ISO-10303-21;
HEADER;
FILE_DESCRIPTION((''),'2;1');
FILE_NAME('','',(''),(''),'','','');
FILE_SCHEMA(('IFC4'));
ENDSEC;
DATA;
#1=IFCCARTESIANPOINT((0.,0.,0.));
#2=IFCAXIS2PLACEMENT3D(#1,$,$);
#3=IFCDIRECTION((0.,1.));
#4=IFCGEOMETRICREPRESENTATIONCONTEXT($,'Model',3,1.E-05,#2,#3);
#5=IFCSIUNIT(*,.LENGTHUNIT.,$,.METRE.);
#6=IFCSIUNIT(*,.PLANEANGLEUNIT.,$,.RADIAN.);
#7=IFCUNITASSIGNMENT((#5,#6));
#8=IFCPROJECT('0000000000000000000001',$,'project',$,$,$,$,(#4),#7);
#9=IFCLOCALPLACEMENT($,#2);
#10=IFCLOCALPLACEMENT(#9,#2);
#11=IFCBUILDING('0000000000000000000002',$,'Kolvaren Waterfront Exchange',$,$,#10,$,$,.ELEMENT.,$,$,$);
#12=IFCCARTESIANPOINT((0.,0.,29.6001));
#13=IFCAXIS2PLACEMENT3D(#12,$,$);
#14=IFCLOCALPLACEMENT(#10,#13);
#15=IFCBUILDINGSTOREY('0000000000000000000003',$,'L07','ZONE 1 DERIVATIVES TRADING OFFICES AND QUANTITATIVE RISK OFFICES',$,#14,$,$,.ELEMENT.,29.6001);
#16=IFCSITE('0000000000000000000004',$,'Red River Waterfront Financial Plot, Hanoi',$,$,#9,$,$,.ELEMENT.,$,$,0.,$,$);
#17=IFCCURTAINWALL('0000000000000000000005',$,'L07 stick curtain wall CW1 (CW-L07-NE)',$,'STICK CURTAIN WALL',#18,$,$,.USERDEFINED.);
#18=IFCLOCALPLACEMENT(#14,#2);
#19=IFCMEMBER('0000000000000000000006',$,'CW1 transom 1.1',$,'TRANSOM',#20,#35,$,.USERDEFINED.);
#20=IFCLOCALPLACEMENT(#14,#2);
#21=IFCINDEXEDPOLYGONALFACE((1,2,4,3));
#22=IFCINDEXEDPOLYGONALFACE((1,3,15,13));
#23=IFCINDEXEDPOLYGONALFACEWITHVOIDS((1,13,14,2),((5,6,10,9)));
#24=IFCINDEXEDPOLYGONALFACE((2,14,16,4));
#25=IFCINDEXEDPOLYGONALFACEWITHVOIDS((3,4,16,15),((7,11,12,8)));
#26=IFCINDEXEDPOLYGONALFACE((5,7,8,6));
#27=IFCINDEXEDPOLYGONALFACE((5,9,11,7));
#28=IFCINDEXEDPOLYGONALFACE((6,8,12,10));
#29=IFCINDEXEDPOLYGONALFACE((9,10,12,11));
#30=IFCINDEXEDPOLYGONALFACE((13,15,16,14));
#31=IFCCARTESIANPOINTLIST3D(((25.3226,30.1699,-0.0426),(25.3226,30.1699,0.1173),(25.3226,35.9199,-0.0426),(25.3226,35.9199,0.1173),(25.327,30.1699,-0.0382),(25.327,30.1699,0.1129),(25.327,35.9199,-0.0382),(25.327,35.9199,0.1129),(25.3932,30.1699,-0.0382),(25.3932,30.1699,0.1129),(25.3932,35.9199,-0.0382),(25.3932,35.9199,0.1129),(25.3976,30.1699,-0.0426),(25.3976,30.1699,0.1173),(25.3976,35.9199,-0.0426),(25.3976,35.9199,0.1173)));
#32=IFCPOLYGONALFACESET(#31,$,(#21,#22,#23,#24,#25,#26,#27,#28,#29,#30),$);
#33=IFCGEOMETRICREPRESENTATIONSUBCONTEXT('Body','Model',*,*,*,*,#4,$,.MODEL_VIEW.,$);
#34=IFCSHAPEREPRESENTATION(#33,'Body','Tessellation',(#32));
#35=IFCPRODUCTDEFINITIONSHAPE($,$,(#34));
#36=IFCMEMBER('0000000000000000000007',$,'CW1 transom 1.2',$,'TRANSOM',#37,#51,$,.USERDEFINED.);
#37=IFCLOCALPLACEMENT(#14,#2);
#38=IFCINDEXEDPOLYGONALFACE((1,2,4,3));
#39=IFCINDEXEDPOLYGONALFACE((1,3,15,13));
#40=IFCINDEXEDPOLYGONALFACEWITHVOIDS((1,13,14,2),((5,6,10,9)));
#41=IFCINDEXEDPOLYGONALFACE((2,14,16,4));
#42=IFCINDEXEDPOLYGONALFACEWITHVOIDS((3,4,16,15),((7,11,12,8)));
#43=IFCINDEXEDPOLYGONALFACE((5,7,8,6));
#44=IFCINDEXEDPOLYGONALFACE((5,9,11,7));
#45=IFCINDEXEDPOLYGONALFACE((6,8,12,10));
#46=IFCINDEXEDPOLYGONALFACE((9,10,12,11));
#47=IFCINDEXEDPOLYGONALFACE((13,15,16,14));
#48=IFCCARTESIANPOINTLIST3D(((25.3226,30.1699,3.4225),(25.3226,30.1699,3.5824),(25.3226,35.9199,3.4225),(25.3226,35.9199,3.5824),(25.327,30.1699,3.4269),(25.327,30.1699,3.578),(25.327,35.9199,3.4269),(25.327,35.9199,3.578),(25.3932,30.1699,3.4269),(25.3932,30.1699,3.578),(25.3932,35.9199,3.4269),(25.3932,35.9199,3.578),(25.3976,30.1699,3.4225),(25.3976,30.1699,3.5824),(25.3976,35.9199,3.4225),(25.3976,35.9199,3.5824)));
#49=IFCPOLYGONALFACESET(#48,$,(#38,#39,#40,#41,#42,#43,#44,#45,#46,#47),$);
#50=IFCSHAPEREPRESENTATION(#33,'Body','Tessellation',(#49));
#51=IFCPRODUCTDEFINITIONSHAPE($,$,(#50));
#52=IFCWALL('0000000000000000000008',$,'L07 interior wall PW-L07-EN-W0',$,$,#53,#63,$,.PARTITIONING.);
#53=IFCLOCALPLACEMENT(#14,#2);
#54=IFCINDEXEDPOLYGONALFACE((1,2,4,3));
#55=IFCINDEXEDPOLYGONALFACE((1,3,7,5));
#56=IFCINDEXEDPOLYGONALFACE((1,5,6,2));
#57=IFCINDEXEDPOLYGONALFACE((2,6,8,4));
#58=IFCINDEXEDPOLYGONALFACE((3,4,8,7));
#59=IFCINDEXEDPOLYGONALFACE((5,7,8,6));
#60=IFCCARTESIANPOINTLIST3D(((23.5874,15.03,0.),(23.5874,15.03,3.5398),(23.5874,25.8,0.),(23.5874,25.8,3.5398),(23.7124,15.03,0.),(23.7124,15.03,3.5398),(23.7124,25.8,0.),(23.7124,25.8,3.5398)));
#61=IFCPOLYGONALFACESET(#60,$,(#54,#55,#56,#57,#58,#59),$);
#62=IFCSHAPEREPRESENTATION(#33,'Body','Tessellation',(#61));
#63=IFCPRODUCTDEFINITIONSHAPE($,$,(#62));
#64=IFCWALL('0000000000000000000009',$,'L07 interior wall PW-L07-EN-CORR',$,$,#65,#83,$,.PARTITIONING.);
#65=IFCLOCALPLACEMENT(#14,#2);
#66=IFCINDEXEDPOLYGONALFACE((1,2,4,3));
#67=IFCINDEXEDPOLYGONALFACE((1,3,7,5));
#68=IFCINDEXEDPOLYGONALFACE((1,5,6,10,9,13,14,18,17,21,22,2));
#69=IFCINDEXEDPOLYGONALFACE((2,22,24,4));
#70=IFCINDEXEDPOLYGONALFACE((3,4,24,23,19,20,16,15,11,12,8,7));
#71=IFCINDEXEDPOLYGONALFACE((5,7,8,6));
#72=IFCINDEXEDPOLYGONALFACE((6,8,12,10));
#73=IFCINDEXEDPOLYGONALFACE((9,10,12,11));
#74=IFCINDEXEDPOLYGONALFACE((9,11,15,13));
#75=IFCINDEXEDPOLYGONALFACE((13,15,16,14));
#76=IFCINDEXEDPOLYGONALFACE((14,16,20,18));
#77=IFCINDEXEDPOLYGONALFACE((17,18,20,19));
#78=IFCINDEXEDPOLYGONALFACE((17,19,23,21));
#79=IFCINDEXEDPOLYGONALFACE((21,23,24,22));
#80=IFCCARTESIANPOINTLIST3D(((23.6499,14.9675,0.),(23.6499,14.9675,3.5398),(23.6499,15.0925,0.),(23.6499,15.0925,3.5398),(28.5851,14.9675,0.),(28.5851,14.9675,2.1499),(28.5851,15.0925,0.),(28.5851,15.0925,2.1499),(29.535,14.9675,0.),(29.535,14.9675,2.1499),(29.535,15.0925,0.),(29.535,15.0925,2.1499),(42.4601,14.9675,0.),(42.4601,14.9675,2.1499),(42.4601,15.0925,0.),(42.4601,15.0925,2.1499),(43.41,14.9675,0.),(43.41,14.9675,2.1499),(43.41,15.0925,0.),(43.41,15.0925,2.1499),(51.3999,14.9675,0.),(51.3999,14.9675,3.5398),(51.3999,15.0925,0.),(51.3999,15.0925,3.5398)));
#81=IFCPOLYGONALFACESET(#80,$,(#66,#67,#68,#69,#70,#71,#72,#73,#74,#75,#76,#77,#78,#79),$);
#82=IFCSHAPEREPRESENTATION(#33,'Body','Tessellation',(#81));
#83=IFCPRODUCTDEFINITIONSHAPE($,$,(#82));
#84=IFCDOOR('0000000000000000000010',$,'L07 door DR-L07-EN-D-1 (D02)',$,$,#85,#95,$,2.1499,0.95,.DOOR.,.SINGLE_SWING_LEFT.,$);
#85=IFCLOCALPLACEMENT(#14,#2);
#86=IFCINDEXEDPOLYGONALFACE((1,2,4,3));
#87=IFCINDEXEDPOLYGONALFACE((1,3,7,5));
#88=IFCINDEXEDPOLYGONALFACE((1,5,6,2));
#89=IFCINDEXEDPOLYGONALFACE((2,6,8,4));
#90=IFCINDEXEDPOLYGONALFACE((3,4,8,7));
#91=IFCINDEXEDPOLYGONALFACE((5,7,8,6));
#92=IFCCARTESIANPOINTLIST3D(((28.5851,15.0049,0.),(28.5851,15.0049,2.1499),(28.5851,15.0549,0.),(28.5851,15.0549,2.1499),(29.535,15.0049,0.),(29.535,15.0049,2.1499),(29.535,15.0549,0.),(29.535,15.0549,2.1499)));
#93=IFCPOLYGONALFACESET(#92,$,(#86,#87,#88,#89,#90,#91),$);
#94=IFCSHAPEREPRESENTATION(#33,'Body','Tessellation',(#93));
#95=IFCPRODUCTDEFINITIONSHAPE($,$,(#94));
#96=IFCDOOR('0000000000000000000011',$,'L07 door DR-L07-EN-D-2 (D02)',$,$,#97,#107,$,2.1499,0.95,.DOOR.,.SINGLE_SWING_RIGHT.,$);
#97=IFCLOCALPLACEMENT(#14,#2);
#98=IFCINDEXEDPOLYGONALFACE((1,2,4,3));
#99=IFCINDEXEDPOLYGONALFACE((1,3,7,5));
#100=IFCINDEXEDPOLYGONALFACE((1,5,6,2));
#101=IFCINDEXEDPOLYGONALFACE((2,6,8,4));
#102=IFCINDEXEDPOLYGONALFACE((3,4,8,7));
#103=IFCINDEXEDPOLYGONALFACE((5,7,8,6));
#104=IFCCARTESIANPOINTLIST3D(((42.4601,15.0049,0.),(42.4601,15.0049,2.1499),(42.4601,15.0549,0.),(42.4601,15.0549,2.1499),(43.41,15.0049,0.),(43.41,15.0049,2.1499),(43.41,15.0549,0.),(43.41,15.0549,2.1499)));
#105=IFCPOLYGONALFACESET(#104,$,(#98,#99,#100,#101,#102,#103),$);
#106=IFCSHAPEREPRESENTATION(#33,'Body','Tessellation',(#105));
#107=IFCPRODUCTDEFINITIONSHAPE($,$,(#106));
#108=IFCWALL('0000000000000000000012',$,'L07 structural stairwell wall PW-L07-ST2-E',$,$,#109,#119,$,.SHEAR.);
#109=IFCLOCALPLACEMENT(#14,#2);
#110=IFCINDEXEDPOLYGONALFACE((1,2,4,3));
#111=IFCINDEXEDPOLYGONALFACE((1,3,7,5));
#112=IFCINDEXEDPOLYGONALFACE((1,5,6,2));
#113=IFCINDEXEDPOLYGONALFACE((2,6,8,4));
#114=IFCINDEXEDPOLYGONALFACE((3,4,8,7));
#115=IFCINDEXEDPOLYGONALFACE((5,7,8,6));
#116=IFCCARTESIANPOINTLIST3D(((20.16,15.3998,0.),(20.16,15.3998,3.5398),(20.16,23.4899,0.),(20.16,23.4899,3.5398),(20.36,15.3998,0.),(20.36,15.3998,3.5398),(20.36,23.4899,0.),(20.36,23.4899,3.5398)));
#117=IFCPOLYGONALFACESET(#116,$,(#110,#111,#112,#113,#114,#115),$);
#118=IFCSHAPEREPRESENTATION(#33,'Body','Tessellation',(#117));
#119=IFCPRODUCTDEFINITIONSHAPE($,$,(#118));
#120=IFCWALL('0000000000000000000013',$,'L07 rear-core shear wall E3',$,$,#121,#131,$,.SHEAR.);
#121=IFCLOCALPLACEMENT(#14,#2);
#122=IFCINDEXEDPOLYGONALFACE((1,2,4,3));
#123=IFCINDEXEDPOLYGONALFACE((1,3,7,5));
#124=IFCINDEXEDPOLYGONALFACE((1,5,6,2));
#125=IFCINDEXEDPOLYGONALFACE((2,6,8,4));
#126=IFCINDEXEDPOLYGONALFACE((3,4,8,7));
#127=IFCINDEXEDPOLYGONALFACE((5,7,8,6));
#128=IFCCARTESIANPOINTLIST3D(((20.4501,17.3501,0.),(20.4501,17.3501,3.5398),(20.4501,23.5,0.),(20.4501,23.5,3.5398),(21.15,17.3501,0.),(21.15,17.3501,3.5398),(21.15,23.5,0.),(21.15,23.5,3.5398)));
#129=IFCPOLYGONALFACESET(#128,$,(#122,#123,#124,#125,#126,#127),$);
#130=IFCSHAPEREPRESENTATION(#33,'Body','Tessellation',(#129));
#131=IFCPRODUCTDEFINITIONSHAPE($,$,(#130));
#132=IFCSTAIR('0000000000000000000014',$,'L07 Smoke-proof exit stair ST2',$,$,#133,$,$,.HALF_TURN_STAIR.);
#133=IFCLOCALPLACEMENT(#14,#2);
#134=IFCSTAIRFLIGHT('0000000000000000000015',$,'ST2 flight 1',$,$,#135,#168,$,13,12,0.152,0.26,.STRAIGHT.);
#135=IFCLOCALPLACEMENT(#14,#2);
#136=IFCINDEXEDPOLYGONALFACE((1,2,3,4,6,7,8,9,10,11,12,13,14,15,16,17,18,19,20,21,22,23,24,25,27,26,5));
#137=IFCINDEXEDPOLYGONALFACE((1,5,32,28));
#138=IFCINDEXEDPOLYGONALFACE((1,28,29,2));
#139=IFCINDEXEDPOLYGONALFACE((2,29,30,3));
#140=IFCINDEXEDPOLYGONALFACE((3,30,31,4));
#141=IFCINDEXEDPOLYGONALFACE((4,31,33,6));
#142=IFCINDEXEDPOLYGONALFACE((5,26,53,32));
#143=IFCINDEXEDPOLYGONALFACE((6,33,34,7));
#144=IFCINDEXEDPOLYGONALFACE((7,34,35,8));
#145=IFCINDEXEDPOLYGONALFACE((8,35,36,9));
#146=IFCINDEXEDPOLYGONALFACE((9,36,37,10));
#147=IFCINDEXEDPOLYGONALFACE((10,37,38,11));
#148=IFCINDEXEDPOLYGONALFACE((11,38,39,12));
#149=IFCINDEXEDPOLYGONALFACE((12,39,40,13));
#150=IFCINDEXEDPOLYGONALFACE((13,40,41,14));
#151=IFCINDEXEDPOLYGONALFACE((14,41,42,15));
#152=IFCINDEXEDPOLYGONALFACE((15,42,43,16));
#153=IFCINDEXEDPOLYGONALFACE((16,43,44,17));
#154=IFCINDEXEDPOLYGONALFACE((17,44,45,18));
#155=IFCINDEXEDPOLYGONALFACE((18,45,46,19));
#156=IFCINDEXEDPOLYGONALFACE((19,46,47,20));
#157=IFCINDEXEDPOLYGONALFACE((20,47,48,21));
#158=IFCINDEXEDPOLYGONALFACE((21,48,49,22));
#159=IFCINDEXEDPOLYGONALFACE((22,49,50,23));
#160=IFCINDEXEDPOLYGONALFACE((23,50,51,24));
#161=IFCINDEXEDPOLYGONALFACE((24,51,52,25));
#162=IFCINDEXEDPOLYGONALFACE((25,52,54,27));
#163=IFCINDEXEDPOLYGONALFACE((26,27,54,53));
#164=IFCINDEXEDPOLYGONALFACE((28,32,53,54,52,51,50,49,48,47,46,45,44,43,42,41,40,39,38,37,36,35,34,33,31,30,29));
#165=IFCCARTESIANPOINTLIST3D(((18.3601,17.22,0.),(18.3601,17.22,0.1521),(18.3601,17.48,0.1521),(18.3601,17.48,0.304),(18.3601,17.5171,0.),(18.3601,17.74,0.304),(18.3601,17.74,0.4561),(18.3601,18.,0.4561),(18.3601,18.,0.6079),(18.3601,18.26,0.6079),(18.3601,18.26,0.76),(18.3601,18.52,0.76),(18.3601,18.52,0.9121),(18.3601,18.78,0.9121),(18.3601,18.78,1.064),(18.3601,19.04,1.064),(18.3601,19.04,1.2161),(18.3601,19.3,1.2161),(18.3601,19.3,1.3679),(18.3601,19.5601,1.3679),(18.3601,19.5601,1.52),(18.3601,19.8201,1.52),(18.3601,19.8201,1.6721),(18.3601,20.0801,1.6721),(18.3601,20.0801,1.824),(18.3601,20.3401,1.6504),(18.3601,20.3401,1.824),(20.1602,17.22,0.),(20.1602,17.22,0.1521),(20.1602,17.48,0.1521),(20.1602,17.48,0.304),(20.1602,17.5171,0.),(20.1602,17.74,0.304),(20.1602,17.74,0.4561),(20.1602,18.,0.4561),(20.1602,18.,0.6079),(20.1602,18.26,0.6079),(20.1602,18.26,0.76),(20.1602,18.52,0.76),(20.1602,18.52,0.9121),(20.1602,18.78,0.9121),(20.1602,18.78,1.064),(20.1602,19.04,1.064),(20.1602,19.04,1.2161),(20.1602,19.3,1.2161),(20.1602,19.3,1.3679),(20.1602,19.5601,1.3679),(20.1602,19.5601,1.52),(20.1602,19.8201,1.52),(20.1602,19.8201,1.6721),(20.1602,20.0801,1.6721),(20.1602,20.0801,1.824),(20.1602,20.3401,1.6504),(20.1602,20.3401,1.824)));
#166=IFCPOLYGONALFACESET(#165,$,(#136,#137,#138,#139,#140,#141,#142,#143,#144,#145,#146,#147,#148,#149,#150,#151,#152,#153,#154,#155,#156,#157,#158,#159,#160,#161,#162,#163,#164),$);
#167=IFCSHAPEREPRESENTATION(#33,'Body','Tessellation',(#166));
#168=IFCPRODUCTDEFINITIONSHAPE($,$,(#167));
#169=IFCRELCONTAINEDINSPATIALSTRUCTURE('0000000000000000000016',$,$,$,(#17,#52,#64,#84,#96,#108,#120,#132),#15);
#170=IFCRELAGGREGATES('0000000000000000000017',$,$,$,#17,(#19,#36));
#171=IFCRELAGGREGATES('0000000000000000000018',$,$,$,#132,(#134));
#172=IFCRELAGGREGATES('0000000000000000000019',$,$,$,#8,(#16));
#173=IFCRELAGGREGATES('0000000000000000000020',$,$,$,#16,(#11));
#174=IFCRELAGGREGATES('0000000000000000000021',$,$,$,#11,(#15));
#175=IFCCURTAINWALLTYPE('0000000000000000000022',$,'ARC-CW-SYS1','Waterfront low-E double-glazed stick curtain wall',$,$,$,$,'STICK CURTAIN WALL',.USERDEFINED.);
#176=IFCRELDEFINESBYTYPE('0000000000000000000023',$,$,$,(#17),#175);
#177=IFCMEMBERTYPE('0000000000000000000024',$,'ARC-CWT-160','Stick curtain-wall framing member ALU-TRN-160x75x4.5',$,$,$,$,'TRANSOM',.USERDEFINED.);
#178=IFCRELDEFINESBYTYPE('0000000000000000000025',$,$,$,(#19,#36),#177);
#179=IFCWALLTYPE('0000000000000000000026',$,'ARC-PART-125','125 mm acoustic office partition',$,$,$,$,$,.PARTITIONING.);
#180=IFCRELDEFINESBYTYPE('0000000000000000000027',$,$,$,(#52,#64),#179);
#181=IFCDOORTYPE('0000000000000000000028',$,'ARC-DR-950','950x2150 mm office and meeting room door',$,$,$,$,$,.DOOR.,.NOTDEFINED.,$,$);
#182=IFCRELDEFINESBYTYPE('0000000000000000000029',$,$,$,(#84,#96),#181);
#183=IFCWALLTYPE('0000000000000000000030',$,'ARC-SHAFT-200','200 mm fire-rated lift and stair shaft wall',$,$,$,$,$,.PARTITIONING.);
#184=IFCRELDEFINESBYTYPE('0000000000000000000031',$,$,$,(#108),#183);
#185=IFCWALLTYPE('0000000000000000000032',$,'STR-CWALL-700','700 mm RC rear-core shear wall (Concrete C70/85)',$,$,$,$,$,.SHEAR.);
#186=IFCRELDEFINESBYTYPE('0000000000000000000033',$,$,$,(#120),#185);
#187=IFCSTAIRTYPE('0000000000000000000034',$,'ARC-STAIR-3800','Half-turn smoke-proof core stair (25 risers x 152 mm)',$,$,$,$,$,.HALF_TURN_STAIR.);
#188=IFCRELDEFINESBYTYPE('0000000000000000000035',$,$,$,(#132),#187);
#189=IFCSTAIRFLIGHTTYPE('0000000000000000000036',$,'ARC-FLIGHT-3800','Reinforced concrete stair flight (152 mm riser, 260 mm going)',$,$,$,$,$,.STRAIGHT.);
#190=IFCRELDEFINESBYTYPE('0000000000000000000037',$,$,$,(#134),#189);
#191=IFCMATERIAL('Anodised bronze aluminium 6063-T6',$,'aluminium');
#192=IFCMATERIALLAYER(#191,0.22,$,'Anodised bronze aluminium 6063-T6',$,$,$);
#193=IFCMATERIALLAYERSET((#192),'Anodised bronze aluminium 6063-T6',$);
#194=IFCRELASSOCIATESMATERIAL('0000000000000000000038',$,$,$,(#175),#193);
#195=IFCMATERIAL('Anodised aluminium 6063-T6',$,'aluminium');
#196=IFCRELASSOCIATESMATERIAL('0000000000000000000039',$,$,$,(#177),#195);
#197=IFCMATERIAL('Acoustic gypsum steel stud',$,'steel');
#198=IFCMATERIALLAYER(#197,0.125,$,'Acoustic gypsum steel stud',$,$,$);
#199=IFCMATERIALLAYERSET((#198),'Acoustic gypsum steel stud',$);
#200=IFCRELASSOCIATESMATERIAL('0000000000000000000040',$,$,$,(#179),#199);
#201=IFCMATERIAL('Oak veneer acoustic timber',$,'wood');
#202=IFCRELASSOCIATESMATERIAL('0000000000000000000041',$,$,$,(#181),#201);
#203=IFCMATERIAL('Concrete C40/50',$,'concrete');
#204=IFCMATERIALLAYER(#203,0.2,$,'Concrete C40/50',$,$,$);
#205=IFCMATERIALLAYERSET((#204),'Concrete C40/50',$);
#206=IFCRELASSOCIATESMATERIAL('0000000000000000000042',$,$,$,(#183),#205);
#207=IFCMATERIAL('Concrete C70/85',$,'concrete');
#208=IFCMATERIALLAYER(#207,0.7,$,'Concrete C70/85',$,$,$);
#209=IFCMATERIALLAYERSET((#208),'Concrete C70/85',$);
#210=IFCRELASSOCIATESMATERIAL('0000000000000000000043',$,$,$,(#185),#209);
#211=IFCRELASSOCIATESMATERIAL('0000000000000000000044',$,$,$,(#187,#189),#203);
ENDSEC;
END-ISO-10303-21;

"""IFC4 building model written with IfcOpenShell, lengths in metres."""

from ifc_helpers import new_model, si_unit, direction, frame, frame_2d, origin, origin_with_axes, origin_2d, place, context, subcontext, project, spatial, polyline, rectangle, hollow_rectangle, outline, extrude, source, transform, mapped, material, layer, layer_set, material_profile, profile_set, type_object, element, fill, aggregate, save


model = new_model("IFC4")

# Units and contexts
model_context = context("Model", 3, precision=1e-05, world=origin(), true_north=direction((0.0, 1.0)))
body_context = subcontext(model_context, "Body", "Model", "MODEL_VIEW")
ifc_project = project(units=[si_unit("LENGTHUNIT", "METRE"), si_unit("PLANEANGLEUNIT", "RADIAN")], contexts=[model_context])

# Site, building, storey
site_placement = place(None, origin())
site = spatial("IfcSite", under=ifc_project, at=site_placement, Name="Red River Waterfront Financial Plot, Hanoi", CompositionType="ELEMENT", RefElevation=0.0)
building_placement = place(site_placement, origin())
building = spatial("IfcBuilding", under=site, at=building_placement, Name="Kolvaren Waterfront Exchange", CompositionType="ELEMENT")
storey_placement = place(building_placement, frame((0.0, 0.0, 29.6001)))
storey = spatial("IfcBuildingStorey", under=building, at=storey_placement, Name="L07", Description="ZONE 1 DERIVATIVES TRADING OFFICES AND QUANTITATIVE RISK OFFICES", CompositionType="ELEMENT", Elevation=29.6001)

# Shared definitions
ifc_material_1 = material(Name="Concrete C70/85", Category="concrete")

# Curtain wall, members
ifc_material_2 = material(Name="Anodised bronze aluminium 6063-T6", Category="aluminium")
ifc_layer_1 = layer(ifc_material_2, 0.22, Name="Anodised bronze aluminium 6063-T6")
ifc_layer_set_1 = layer_set([ifc_layer_1], Name="Anodised bronze aluminium 6063-T6")
curtain_wall_type = type_object("IfcCurtainWallType", Name="ARC-CW-SYS1", Description="Waterfront low-E double-glazed stick curtain wall", ElementType="STICK CURTAIN WALL", PredefinedType="USERDEFINED", material=ifc_layer_set_1)
curtain_wall_placement = place(storey_placement, origin())
curtain_wall = element("IfcCurtainWall", 1, at=curtain_wall_placement, inside=storey, type_object=curtain_wall_type, Name="L07 stick curtain wall CW1 (CW-L07-NE)", ObjectType="STICK CURTAIN WALL", PredefinedType="USERDEFINED")
ifc_material_3 = material(Name="Anodised aluminium 6063-T6", Category="aluminium")
ifc_material_profile_1 = material_profile(ifc_material_3, hollow_rectangle(XDim=0.075, YDim=0.1599, WallThickness=0.0044, at=origin_2d()), Name="ALU-TRN-160x75x4.5")
ifc_profile_set_1 = profile_set([ifc_material_profile_1], Name="Anodised aluminium 6063-T6")
member_type_1 = type_object("IfcMemberType", Name="ARC-CWT-160", Description="Stick curtain-wall framing member ALU-TRN-160x75x4.5", ElementType="TRANSOM", PredefinedType="USERDEFINED", material=ifc_profile_set_1)
shared_shape_1 = source(origin_with_axes(), body_context, "Body", "SweptSolid", [
    extrude(hollow_rectangle(XDim=0.075, YDim=0.1599, WallThickness=0.0044, at=origin_2d()), origin(), (0.0, 0.0, 1.0), 5.75),
])
member_1_placement = place(storey_placement, frame((25.3601, 30.1699, 0.0374), z_axis=(0.0, 1.0, 0.0), x_axis=(-1.0, 0.0, 0.0)))
member_1 = element("IfcMember", 2, at=member_1_placement, type_object=member_type_1, Name="CW1 transom 1.1", ObjectType="TRANSOM", PredefinedType="USERDEFINED", context=body_context, shape_type="MappedRepresentation", body=[
    mapped(shared_shape_1, transform((0.0, 0.0, 0.0), x_axis=(1.0, 0.0, 0.0), y_axis=(0.0, 1.0, 0.0), z_axis=(0.0, 0.0, 1.0), scale=1.0)),
])
member_2_placement = place(storey_placement, frame((25.3601, 30.1699, 3.5024), z_axis=(0.0, 1.0, 0.0), x_axis=(-1.0, 0.0, 0.0)))
member_2 = element("IfcMember", 3, at=member_2_placement, type_object=member_type_1, Name="CW1 transom 1.2", ObjectType="TRANSOM", PredefinedType="USERDEFINED", context=body_context, shape_type="MappedRepresentation", body=[
    mapped(shared_shape_1, transform((0.0, 0.0, 0.0), x_axis=(1.0, 0.0, 0.0), y_axis=(0.0, 1.0, 0.0), z_axis=(0.0, 0.0, 1.0), scale=1.0)),
])
aggregate(curtain_wall, [member_1, member_2])

# Wall
ifc_material_4 = material(Name="Acoustic gypsum steel stud", Category="steel")
ifc_layer_2 = layer(ifc_material_4, 0.125, Name="Acoustic gypsum steel stud")
ifc_layer_set_2 = layer_set([ifc_layer_2], Name="Acoustic gypsum steel stud")
wall_type_1 = type_object("IfcWallType", Name="ARC-PART-125", Description="125 mm acoustic office partition", PredefinedType="PARTITIONING", material=ifc_layer_set_2)
wall_1_placement = place(storey_placement, frame((23.6499, 15.03, 0.0), z_axis=(0.0, 0.0, 1.0), x_axis=(0.0, 1.0, 0.0)))
element("IfcWall", 4, at=wall_1_placement, inside=storey, type_object=wall_type_1, Name="L07 interior wall PW-L07-EN-W0", PredefinedType="PARTITIONING", context=body_context, shape_type="SweptSolid", body=[
    extrude(rectangle(XDim=10.77, YDim=0.125, at=frame_2d((5.385, 0.0))), origin(), (0.0, 0.0, 1.0), 3.5398),
])

# Wall, openings, doors
wall_2_placement = place(storey_placement, frame((23.6499, 15.03, 0.0), z_axis=(0.0, 0.0, 1.0), x_axis=(1.0, 0.0, 0.0)))
wall_2 = element("IfcWall", 5, at=wall_2_placement, inside=storey, type_object=wall_type_1, Name="L07 interior wall PW-L07-EN-CORR", PredefinedType="PARTITIONING", context=body_context, shape_type="SweptSolid", body=[
    extrude(rectangle(XDim=27.75, YDim=0.125, at=frame_2d((13.875, 0.0))), origin(), (0.0, 0.0, 1.0), 3.5398),
])
opening_1_placement = place(wall_2_placement, frame((4.9351, 0.0, 0.0)))
opening_1 = element("IfcOpeningElement", 6, at=opening_1_placement, cuts=wall_2, PredefinedType="OPENING", context=body_context, shape_type="SweptSolid", body=[
    extrude(rectangle(XDim=0.95, YDim=2.1499, at=frame_2d((0.4751, 1.075))), frame((0.0, 0.0725, 0.0), z_axis=(0.0, -1.0, 0.0), x_axis=(1.0, 0.0, 0.0)), (0.0, 0.0, 1.0), 0.145),
])
opening_2_placement = place(wall_2_placement, frame((18.8101, 0.0, 0.0)))
opening_2 = element("IfcOpeningElement", 7, at=opening_2_placement, cuts=wall_2, PredefinedType="OPENING", context=body_context, shape_type="SweptSolid", body=[
    extrude(rectangle(XDim=0.95, YDim=2.1499, at=frame_2d((0.4751, 1.075))), frame((0.0, 0.0725, 0.0), z_axis=(0.0, -1.0, 0.0), x_axis=(1.0, 0.0, 0.0)), (0.0, 0.0, 1.0), 0.145),
])
ifc_material_5 = material(Name="Oak veneer acoustic timber", Category="wood")
door_type = type_object("IfcDoorType", Name="ARC-DR-950", Description="950x2150 mm office and meeting room door", OperationType="NOTDEFINED", PredefinedType="DOOR", material=ifc_material_5)
door_1_placement = place(opening_1_placement, origin())
door_1 = element("IfcDoor", 8, at=door_1_placement, inside=storey, type_object=door_type, Name="L07 door DR-L07-EN-D-1 (D02)", OperationType="SINGLE_SWING_LEFT", OverallHeight=2.1499, OverallWidth=0.95, PredefinedType="DOOR", context=body_context, shape_type="SweptSolid", body=[
    extrude(rectangle(XDim=0.95, YDim=2.1499, at=frame_2d((0.4751, 1.075))), frame((0.0, 0.0249, 0.0), z_axis=(0.0, -1.0, 0.0), x_axis=(1.0, 0.0, 0.0)), (0.0, 0.0, 1.0), 0.05),
])
fill(opening_1, door_1)
door_2_placement = place(opening_2_placement, origin())
door_2 = element("IfcDoor", 9, at=door_2_placement, inside=storey, type_object=door_type, Name="L07 door DR-L07-EN-D-2 (D02)", OperationType="SINGLE_SWING_RIGHT", OverallHeight=2.1499, OverallWidth=0.95, PredefinedType="DOOR", context=body_context, shape_type="SweptSolid", body=[
    extrude(rectangle(XDim=0.95, YDim=2.1499, at=frame_2d((0.4751, 1.075))), frame((0.0, 0.0249, 0.0), z_axis=(0.0, -1.0, 0.0), x_axis=(1.0, 0.0, 0.0)), (0.0, 0.0, 1.0), 0.05),
])
fill(opening_2, door_2)

# Walls
ifc_material_6 = material(Name="Concrete C40/50", Category="concrete")
ifc_layer_3 = layer(ifc_material_6, 0.2, Name="Concrete C40/50")
ifc_layer_set_3 = layer_set([ifc_layer_3], Name="Concrete C40/50")
wall_type_2 = type_object("IfcWallType", Name="ARC-SHAFT-200", Description="200 mm fire-rated lift and stair shaft wall", PredefinedType="PARTITIONING", material=ifc_layer_set_3)
wall_3_placement = place(storey_placement, frame((20.26, 15.3999, 0.0), z_axis=(0.0, 0.0, 1.0), x_axis=(0.0, 1.0, 0.0)))
element("IfcWall", 10, at=wall_3_placement, inside=storey, type_object=wall_type_2, Name="L07 structural stairwell wall PW-L07-ST2-E", PredefinedType="SHEAR", context=body_context, shape_type="SweptSolid", body=[
    extrude(rectangle(XDim=8.0901, YDim=0.2, at=frame_2d((4.0449, 0.0))), origin(), (0.0, 0.0, 1.0), 3.5398),
])
ifc_layer_4 = layer(ifc_material_1, 0.7, Name="Concrete C70/85")
ifc_layer_set_4 = layer_set([ifc_layer_4], Name="Concrete C70/85")
wall_type_3 = type_object("IfcWallType", Name="STR-CWALL-700", Description="700 mm RC rear-core shear wall (Concrete C70/85)", PredefinedType="SHEAR", material=ifc_layer_set_4)
wall_4_placement = place(storey_placement, frame((20.8, 17.3501, 0.0), z_axis=(0.0, 0.0, 1.0), x_axis=(0.0, 1.0, 0.0)))
element("IfcWall", 11, at=wall_4_placement, inside=storey, type_object=wall_type_3, Name="L07 rear-core shear wall E3", PredefinedType="SHEAR", context=body_context, shape_type="SweptSolid", body=[
    extrude(rectangle(XDim=6.1499, YDim=0.7, at=frame_2d((3.075, 0.0))), origin(), (0.0, 0.0, 1.0), 3.5398),
])

# Stair, stair flight
stair_type = type_object("IfcStairType", Name="ARC-STAIR-3800", Description="Half-turn smoke-proof core stair (25 risers x 152 mm)", PredefinedType="HALF_TURN_STAIR", material=ifc_material_6)
stair_placement = place(storey_placement, origin())
stair = element("IfcStair", 12, at=stair_placement, inside=storey, type_object=stair_type, Name="L07 Smoke-proof exit stair ST2", PredefinedType="HALF_TURN_STAIR")
stair_flight_type = type_object("IfcStairFlightType", Name="ARC-FLIGHT-3800", Description="Reinforced concrete stair flight (152 mm riser, 260 mm going)", PredefinedType="STRAIGHT", material=ifc_material_6)
stair_flight_placement = place(storey_placement, frame((19.26, 17.22, 0.0), z_axis=(0.0, 0.0, 1.0), x_axis=(0.0, 1.0, 0.0)))
stair_flight = element("IfcStairFlight", 13, at=stair_flight_placement, type_object=stair_flight_type, Name="ST2 flight 1", NumberOfRisers=13, NumberOfTreads=12, PredefinedType="STRAIGHT", RiserHeight=0.152, TreadLength=0.26, context=body_context, shape_type="SweptSolid", body=[
    extrude(outline(polyline([(0.0, 0.0), (0.0, 0.1521), (0.26, 0.1521), (0.26, 0.304), (0.52, 0.304), (0.52, 0.4561), (0.78, 0.4561), (0.78, 0.6079), (1.04, 0.6079), (1.04, 0.76), (1.3, 0.76), (1.3, 0.9121), (1.5601, 0.9121), (1.5601, 1.064), (1.8201, 1.064), (1.8201, 1.2161), (2.0801, 1.2161), (2.0801, 1.3679), (2.3401, 1.3679), (2.3401, 1.52), (2.6001, 1.52), (2.6001, 1.6721), (2.8601, 1.6721), (2.8601, 1.824), (3.1201, 1.824), (3.1201, 1.9761), (3.1201, 1.6504), (0.2971, 0.0), (0.0, 0.0)])), frame((0.0, 0.8999, 0.0), z_axis=(0.0, -1.0, 0.0), x_axis=(1.0, 0.0, 0.0)), (0.0, 0.0, 1.0), 1.8),
])
aggregate(stair, [stair_flight])

save(model, "model.ifc")
